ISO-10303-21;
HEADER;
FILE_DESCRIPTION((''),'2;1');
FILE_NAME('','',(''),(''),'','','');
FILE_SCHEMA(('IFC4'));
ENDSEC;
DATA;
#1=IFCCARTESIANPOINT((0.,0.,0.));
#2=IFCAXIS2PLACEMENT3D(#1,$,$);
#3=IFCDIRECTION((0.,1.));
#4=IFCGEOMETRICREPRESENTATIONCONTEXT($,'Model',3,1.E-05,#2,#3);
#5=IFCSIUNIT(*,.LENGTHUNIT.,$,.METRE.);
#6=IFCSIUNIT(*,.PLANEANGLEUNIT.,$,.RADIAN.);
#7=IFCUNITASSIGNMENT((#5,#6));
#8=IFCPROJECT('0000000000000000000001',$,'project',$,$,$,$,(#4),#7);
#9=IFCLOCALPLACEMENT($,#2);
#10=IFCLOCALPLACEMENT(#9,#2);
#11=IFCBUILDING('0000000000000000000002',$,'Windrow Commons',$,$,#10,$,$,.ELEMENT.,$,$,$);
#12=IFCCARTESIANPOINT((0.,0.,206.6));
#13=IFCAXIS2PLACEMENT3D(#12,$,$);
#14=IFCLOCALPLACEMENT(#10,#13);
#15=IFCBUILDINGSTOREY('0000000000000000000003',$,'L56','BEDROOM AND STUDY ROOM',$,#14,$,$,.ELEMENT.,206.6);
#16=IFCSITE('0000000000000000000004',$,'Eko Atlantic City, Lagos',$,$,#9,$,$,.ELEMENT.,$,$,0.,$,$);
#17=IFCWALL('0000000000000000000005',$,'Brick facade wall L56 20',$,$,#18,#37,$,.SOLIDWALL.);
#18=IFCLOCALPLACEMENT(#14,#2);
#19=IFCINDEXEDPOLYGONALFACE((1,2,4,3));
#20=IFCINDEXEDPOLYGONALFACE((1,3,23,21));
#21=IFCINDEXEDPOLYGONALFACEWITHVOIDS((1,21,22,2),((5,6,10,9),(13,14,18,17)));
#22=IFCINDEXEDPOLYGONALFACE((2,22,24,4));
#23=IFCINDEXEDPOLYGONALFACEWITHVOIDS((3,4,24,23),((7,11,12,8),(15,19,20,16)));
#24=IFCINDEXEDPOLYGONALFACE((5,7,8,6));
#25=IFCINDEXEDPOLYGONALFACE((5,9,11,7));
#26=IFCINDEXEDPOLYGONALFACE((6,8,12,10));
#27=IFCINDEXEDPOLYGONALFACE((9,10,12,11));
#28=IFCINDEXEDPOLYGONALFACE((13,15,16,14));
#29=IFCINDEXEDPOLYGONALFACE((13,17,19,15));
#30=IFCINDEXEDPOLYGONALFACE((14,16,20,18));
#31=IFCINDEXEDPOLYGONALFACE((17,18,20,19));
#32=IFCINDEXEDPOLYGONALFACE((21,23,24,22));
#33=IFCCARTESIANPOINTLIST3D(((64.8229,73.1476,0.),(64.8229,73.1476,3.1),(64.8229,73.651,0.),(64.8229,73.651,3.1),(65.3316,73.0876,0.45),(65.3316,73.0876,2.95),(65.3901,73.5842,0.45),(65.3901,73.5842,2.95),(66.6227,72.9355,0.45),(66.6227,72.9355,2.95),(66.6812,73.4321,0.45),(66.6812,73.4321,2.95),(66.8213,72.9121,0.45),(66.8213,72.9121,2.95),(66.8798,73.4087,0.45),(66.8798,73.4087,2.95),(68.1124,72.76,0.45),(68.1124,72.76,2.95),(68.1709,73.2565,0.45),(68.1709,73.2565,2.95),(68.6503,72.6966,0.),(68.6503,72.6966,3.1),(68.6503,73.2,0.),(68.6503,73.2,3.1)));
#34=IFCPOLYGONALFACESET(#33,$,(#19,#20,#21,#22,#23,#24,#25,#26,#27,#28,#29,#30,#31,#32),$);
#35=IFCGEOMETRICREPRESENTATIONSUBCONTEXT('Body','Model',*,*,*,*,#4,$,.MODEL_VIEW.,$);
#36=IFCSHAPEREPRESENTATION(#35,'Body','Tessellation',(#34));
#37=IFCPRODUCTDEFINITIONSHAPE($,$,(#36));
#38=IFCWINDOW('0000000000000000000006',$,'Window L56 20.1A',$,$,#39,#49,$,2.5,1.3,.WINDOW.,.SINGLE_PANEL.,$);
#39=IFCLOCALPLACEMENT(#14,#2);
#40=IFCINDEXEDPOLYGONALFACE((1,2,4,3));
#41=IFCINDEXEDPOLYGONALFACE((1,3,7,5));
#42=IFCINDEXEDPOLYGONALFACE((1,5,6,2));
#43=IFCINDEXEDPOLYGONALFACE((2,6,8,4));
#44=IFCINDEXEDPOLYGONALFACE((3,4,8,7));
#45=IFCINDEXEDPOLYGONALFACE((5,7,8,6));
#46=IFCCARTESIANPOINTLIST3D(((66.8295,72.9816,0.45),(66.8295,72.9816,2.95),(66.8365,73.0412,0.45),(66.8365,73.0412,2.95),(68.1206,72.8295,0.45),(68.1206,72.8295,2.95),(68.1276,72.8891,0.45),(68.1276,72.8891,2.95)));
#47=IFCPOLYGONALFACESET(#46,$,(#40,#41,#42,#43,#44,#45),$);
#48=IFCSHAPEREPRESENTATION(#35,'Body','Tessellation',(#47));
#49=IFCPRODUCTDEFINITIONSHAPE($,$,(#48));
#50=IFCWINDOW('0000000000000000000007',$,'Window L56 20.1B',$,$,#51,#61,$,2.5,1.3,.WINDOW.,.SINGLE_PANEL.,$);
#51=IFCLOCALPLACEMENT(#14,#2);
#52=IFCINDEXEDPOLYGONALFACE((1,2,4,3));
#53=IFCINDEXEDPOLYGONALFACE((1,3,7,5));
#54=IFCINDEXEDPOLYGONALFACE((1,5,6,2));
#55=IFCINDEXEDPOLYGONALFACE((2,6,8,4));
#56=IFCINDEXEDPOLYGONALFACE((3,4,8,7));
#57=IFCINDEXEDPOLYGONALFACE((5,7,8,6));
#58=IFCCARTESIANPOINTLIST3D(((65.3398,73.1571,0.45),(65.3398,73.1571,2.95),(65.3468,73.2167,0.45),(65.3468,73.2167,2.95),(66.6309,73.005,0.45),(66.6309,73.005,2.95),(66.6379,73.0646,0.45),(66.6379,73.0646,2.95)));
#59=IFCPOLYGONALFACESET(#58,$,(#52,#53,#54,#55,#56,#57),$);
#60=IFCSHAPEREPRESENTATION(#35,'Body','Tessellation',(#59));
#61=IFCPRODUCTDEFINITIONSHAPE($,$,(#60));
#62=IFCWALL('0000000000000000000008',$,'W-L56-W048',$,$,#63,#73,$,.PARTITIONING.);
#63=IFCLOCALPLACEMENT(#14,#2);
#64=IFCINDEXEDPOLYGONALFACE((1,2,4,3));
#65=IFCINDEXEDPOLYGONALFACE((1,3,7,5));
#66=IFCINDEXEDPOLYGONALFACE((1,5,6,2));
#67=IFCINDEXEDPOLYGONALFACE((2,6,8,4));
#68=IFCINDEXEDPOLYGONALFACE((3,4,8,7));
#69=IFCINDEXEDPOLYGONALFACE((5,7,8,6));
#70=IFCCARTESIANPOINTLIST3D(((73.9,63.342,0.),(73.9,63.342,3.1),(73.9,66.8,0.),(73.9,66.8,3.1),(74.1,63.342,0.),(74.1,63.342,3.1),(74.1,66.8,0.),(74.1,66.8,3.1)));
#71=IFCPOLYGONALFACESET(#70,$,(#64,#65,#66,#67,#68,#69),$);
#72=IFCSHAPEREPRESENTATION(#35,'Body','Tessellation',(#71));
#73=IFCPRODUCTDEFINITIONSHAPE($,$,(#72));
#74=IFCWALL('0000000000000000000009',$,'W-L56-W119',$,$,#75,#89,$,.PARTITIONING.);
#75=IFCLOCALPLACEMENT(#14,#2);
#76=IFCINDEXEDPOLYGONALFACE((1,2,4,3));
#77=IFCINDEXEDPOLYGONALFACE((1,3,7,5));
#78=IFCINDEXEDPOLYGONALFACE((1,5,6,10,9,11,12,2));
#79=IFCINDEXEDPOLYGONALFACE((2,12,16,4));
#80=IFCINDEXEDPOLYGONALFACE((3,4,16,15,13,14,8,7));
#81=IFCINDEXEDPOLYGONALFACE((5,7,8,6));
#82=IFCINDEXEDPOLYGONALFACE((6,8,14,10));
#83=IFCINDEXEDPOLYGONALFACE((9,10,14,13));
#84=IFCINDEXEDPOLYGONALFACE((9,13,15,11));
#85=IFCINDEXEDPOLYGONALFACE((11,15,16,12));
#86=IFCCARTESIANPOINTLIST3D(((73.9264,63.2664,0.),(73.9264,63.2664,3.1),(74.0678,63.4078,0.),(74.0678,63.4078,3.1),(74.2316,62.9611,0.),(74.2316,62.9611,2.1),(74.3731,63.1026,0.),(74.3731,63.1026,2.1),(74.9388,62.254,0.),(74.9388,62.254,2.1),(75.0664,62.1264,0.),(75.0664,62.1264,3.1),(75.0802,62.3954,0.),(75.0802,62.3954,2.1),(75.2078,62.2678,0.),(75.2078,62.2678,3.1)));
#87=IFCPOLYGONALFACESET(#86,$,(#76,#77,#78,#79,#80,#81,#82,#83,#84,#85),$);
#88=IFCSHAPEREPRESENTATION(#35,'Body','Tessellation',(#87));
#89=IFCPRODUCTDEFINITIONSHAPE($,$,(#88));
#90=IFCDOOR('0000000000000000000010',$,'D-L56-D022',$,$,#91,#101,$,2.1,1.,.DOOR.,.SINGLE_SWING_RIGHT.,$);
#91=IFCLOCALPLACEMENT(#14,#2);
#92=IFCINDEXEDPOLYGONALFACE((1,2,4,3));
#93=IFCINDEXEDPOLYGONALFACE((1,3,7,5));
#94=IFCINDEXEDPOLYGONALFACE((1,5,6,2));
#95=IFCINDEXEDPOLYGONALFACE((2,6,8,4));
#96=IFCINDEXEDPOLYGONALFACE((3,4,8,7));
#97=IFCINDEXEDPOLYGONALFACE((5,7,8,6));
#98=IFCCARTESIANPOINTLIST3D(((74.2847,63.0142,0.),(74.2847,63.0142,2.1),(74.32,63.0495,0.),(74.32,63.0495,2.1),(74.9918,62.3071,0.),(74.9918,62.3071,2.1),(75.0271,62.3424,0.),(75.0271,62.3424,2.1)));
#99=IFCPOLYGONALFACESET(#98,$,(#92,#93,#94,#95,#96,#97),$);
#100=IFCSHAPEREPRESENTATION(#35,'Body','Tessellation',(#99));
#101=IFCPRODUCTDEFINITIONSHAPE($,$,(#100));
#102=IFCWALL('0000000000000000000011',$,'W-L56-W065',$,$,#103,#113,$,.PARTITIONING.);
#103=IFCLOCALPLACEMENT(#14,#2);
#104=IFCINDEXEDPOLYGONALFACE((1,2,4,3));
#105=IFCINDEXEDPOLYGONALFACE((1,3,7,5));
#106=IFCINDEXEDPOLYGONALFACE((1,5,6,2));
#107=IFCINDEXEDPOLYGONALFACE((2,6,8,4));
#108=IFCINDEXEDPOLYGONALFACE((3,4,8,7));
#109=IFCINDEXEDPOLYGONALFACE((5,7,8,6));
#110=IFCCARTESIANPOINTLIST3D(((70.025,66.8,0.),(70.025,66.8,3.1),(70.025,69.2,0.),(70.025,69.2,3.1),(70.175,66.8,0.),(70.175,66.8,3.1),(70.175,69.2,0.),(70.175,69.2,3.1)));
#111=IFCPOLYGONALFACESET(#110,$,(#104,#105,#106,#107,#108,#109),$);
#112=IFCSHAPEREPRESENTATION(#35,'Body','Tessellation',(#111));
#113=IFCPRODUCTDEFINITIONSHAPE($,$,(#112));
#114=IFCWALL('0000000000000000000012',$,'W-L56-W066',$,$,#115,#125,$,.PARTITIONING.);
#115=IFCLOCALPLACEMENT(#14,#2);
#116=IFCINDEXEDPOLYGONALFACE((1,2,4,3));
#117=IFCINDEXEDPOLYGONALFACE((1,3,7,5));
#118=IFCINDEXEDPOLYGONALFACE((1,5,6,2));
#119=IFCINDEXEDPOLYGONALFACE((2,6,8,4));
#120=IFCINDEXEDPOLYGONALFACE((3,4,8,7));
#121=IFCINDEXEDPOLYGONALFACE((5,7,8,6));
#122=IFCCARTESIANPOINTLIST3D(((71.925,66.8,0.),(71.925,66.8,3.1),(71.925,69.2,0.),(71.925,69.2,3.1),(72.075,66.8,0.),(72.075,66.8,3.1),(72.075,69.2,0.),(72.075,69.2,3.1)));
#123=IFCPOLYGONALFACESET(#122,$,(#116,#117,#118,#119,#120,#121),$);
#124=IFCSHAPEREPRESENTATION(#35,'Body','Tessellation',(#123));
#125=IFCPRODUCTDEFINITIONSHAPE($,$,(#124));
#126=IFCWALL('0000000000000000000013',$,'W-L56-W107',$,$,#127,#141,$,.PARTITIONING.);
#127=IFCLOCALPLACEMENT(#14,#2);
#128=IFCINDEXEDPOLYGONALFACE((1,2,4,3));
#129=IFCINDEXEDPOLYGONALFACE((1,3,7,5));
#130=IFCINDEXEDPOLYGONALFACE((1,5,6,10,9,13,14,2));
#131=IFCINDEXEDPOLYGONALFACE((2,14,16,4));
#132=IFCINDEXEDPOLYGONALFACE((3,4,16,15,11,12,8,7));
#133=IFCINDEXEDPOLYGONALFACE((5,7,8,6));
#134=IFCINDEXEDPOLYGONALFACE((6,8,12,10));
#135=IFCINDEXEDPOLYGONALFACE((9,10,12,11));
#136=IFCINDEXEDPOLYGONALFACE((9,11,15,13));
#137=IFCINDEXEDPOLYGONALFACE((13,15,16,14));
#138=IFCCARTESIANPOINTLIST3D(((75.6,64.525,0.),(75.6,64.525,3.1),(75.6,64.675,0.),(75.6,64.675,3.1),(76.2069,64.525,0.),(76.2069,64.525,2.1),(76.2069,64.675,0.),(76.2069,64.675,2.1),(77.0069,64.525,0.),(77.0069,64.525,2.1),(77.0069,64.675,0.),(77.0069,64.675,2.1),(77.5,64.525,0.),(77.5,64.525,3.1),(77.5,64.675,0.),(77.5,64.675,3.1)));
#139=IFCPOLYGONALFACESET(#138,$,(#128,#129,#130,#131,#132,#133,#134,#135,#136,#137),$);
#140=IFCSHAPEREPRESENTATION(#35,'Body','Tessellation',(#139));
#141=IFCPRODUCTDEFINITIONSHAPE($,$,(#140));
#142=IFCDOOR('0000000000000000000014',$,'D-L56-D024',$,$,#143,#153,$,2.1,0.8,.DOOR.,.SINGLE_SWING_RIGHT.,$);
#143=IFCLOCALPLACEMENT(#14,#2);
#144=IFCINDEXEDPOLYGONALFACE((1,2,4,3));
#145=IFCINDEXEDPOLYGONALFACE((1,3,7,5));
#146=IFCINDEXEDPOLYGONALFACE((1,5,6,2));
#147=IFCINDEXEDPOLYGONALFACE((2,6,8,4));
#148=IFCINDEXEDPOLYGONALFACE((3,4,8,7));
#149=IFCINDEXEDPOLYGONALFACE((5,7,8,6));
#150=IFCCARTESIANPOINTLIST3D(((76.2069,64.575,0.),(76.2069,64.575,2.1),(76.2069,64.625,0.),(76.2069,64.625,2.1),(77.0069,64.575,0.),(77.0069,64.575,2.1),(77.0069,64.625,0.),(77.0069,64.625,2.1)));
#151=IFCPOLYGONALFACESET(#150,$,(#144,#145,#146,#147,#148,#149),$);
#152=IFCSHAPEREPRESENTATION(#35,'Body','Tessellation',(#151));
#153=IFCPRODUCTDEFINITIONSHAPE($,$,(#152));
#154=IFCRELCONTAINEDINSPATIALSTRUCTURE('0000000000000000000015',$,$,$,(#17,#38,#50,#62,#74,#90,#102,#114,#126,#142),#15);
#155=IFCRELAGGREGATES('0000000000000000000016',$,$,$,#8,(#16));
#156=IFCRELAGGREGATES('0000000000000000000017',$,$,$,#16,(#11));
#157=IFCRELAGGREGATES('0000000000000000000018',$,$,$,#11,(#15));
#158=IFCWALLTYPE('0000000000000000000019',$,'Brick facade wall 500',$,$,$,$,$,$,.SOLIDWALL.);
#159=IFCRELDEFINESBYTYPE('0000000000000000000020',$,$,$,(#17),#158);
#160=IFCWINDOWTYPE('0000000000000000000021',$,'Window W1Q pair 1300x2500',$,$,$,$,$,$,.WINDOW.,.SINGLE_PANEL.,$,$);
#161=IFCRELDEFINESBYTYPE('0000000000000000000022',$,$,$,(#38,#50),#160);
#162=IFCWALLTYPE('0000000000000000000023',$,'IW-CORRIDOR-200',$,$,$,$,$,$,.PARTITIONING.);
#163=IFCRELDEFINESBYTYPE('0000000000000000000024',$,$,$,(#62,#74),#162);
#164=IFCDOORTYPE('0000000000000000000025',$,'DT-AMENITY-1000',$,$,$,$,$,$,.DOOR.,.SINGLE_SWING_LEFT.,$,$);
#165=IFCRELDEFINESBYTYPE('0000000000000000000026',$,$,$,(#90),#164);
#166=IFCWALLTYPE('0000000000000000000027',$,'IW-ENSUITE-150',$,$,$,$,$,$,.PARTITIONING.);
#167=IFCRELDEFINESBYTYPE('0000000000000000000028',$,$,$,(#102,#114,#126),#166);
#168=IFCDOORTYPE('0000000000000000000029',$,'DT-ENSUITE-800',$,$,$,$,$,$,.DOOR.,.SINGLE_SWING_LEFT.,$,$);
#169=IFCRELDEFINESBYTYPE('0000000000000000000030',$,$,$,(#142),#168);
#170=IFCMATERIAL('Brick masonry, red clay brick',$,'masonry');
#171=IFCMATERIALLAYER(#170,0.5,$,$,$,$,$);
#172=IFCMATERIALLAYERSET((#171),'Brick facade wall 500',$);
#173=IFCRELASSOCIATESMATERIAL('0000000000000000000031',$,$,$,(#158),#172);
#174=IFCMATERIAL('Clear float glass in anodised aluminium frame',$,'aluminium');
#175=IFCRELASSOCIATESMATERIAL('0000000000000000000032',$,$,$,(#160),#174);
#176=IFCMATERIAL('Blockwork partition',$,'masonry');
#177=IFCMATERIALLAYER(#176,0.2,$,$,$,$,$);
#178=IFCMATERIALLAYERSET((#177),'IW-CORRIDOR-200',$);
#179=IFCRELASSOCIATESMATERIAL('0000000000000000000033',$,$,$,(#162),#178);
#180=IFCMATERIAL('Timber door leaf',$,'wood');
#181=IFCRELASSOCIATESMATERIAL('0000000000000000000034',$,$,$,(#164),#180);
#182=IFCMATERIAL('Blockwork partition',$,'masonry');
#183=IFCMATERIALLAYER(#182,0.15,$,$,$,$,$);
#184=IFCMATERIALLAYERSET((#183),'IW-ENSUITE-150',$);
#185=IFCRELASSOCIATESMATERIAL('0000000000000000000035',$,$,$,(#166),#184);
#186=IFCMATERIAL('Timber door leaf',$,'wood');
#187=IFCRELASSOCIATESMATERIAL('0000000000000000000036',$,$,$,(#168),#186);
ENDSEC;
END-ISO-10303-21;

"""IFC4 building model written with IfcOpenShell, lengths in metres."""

from ifc_helpers import new_model, si_unit, direction, frame, frame_2d, origin, place, context, subcontext, project, spatial, polyline, rectangle, outline, extrude, material, layer, layer_set, type_object, element, fill, save


model = new_model("IFC4")

# Units and contexts
model_context = context("Model", 3, precision=1e-05, world=origin(), true_north=direction((0.0, 1.0)))
body_context = subcontext(model_context, "Body", "Model", "MODEL_VIEW")
ifc_project = project(units=[si_unit("LENGTHUNIT", "METRE"), si_unit("PLANEANGLEUNIT", "RADIAN")], contexts=[model_context])

# Site, building, storey
site_placement = place(None, origin())
site = spatial("IfcSite", under=ifc_project, at=site_placement, Name="Eko Atlantic City, Lagos", CompositionType="ELEMENT", RefElevation=0.0)
building_placement = place(site_placement, origin())
building = spatial("IfcBuilding", under=site, at=building_placement, Name="Windrow Commons", CompositionType="ELEMENT")
storey_placement = place(building_placement, frame((0.0, 0.0, 206.6)))
storey = spatial("IfcBuildingStorey", under=building, at=storey_placement, Name="L56", Description="BEDROOM AND STUDY ROOM", CompositionType="ELEMENT", Elevation=206.6)

# Shared definitions
ifc_material_1 = material(Name="Brick masonry, red clay brick", Category="masonry")
ifc_layer_1 = layer(ifc_material_1, 0.5)
ifc_layer_set_1 = layer_set([ifc_layer_1], Name="Brick facade wall 500")
wall_type_1 = type_object("IfcWallType", Name="Brick facade wall 500", PredefinedType="SOLIDWALL", material=ifc_layer_set_1)

# Wall, openings, windows
ifc_material_2 = material(Name="Clear float glass in anodised aluminium frame", Category="aluminium")
window_type_1 = type_object("IfcWindowType", Name="Window W1Q pair 1300x2500", PartitioningType="SINGLE_PANEL", PredefinedType="WINDOW", material=ifc_material_2)
wall_1_placement = place(storey_placement, frame((68.6503, 72.9483, 0.0), z_axis=(0.0, 0.0, 1.0), x_axis=(-0.993129, 0.117025, 0.0)))
wall_1 = element("IfcWall", 1, at=wall_1_placement, inside=storey, type_object=wall_type_1, Name="Brick facade wall L56 20", PredefinedType="SOLIDWALL", context=body_context, shape_type="SweptSolid", body=[
    extrude(outline(polyline([(0.0295, -0.25), (3.8833, -0.25), (3.8244, 0.25), (-0.0295, 0.25), (0.0295, -0.25)])), origin(), (0.0, 0.0, 1.0), 3.1),
])
opening_1_placement = place(wall_1_placement, frame((0.5122, 0.0, 0.45)))
opening_1 = element("IfcOpeningElement", 2, at=opening_1_placement, cuts=wall_1, PredefinedType="OPENING", context=body_context, shape_type="SweptSolid", body=[
    extrude(rectangle(XDim=1.3, YDim=2.5, at=frame_2d((0.65, 1.25))), frame((0.0, 0.26, 0.0), z_axis=(0.0, -1.0, 0.0), x_axis=(1.0, 0.0, 0.0)), (0.0, 0.0, 1.0), 0.52),
])
opening_2_placement = place(wall_1_placement, frame((2.0122, 0.0, 0.45)))
opening_2 = element("IfcOpeningElement", 3, at=opening_2_placement, cuts=wall_1, PredefinedType="OPENING", context=body_context, shape_type="SweptSolid", body=[
    extrude(rectangle(XDim=1.3, YDim=2.5, at=frame_2d((0.65, 1.25))), frame((0.0, 0.26, 0.0), z_axis=(0.0, -1.0, 0.0), x_axis=(1.0, 0.0, 0.0)), (0.0, 0.0, 1.0), 0.52),
])
window_1_placement = place(opening_1_placement, origin())
window_1 = element("IfcWindow", 4, at=window_1_placement, inside=storey, type_object=window_type_1, Name="Window L56 20.1A", OverallHeight=2.5, OverallWidth=1.3, PartitioningType="SINGLE_PANEL", PredefinedType="WINDOW", context=body_context, shape_type="SweptSolid", body=[
    extrude(rectangle(XDim=1.3, YDim=2.5, at=frame_2d((0.65, 1.25))), frame((0.0, 0.18, 0.0), z_axis=(0.0, -1.0, 0.0), x_axis=(1.0, 0.0, 0.0)), (0.0, 0.0, 1.0), 0.06),
])
fill(opening_1, window_1)
window_2_placement = place(opening_2_placement, origin())
window_2 = element("IfcWindow", 5, at=window_2_placement, inside=storey, type_object=window_type_1, Name="Window L56 20.1B", OverallHeight=2.5, OverallWidth=1.3, PartitioningType="SINGLE_PANEL", PredefinedType="WINDOW", context=body_context, shape_type="SweptSolid", body=[
    extrude(rectangle(XDim=1.3, YDim=2.5, at=frame_2d((0.65, 1.25))), frame((0.0, 0.18, 0.0), z_axis=(0.0, -1.0, 0.0), x_axis=(1.0, 0.0, 0.0)), (0.0, 0.0, 1.0), 0.06),
])
fill(opening_2, window_2)

# Wall
ifc_material_3 = material(Name="Blockwork partition", Category="masonry")
ifc_layer_2 = layer(ifc_material_3, 0.2)
ifc_layer_set_2 = layer_set([ifc_layer_2], Name="IW-CORRIDOR-200")
wall_type_2 = type_object("IfcWallType", Name="IW-CORRIDOR-200", PredefinedType="PARTITIONING", material=ifc_layer_set_2)
wall_2_placement = place(storey_placement, frame((74.0, 63.342, 0.0), z_axis=(0.0, 0.0, 1.0), x_axis=(0.0, 1.0, 0.0)))
element("IfcWall", 6, at=wall_2_placement, inside=storey, type_object=wall_type_2, Name="W-L56-W048", PredefinedType="PARTITIONING", context=body_context, shape_type="SweptSolid", body=[
    extrude(rectangle(XDim=3.458, YDim=0.2, at=frame_2d((1.729, 0.0))), origin(), (0.0, 0.0, 1.0), 3.1),
])

# Wall, opening, door
wall_3_placement = place(storey_placement, frame((73.9971, 63.3371, 0.0), z_axis=(0.0, 0.0, 1.0), x_axis=(0.707107, -0.707107, 0.0)))
wall_3 = element("IfcWall", 7, at=wall_3_placement, inside=storey, type_object=wall_type_2, Name="W-L56-W119", PredefinedType="PARTITIONING", context=body_context, shape_type="SweptSolid", body=[
    extrude(rectangle(XDim=1.6122, YDim=0.2, at=frame_2d((0.8061, 0.0))), origin(), (0.0, 0.0, 1.0), 3.1),
])
opening_3_placement = place(wall_3_placement, frame((0.4317, 0.0, 0.0)))
opening_3 = element("IfcOpeningElement", 8, at=opening_3_placement, cuts=wall_3, PredefinedType="OPENING", context=body_context, shape_type="SweptSolid", body=[
    extrude(rectangle(XDim=1.0, YDim=2.1, at=frame_2d((0.5, 1.05))), frame((0.0, 0.11, 0.0), z_axis=(0.0, -1.0, 0.0), x_axis=(1.0, 0.0, 0.0)), (0.0, 0.0, 1.0), 0.22),
])
ifc_material_4 = material(Name="Timber door leaf", Category="wood")
door_type_1 = type_object("IfcDoorType", Name="DT-AMENITY-1000", OperationType="SINGLE_SWING_LEFT", PredefinedType="DOOR", material=ifc_material_4)
door_1_placement = place(opening_3_placement, origin())
door_1 = element("IfcDoor", 9, at=door_1_placement, inside=storey, type_object=door_type_1, Name="D-L56-D022", OperationType="SINGLE_SWING_RIGHT", OverallHeight=2.1, OverallWidth=1.0, PredefinedType="DOOR", context=body_context, shape_type="SweptSolid", body=[
    extrude(rectangle(XDim=1.0, YDim=2.1, at=frame_2d((0.5, 1.05))), frame((0.0, 0.025, 0.0), z_axis=(0.0, -1.0, 0.0), x_axis=(1.0, 0.0, 0.0)), (0.0, 0.0, 1.0), 0.05),
])
fill(opening_3, door_1)

# Walls
ifc_material_5 = material(Name="Blockwork partition", Category="masonry")
ifc_layer_3 = layer(ifc_material_5, 0.15)
ifc_layer_set_3 = layer_set([ifc_layer_3], Name="IW-ENSUITE-150")
wall_type_3 = type_object("IfcWallType", Name="IW-ENSUITE-150", PredefinedType="PARTITIONING", material=ifc_layer_set_3)
for number, where, z_axis, x_axis, name in (
    (10, (70.1, 66.8, 0.0), (0.0, 0.0, 1.0), (0.0, 1.0, 0.0), "W-L56-W065"),
    (11, (72.0, 66.8, 0.0), (0.0, 0.0, 1.0), (0.0, 1.0, 0.0), "W-L56-W066"),
):
    element("IfcWall", number, at=place(storey_placement, frame(where, z_axis=z_axis, x_axis=x_axis)), inside=storey, type_object=wall_type_3, Name=name, PredefinedType="PARTITIONING", context=body_context, shape_type="SweptSolid", body=[
        extrude(rectangle(XDim=2.4, YDim=0.15, at=frame_2d((1.2, 0.0))), origin(), (0.0, 0.0, 1.0), 3.1),
    ])

# Wall, opening, door
wall_4_placement = place(storey_placement, frame((75.6, 64.6, 0.0), z_axis=(0.0, 0.0, 1.0), x_axis=(1.0, 0.0, 0.0)))
wall_4 = element("IfcWall", 12, at=wall_4_placement, inside=storey, type_object=wall_type_3, Name="W-L56-W107", PredefinedType="PARTITIONING", context=body_context, shape_type="SweptSolid", body=[
    extrude(rectangle(XDim=1.9, YDim=0.15, at=frame_2d((0.95, 0.0))), origin(), (0.0, 0.0, 1.0), 3.1),
])
opening_4_placement = place(wall_4_placement, frame((0.6069, 0.0, 0.0)))
opening_4 = element("IfcOpeningElement", 13, at=opening_4_placement, cuts=wall_4, PredefinedType="OPENING", context=body_context, shape_type="SweptSolid", body=[
    extrude(rectangle(XDim=0.8, YDim=2.1, at=frame_2d((0.4, 1.05))), frame((0.0, 0.085, 0.0), z_axis=(0.0, -1.0, 0.0), x_axis=(1.0, 0.0, 0.0)), (0.0, 0.0, 1.0), 0.17),
])
ifc_material_6 = material(Name="Timber door leaf", Category="wood")
door_type_2 = type_object("IfcDoorType", Name="DT-ENSUITE-800", OperationType="SINGLE_SWING_LEFT", PredefinedType="DOOR", material=ifc_material_6)
door_2_placement = place(opening_4_placement, origin())
door_2 = element("IfcDoor", 14, at=door_2_placement, inside=storey, type_object=door_type_2, Name="D-L56-D024", OperationType="SINGLE_SWING_RIGHT", OverallHeight=2.1, OverallWidth=0.8, PredefinedType="DOOR", context=body_context, shape_type="SweptSolid", body=[
    extrude(rectangle(XDim=0.8, YDim=2.1, at=frame_2d((0.4, 1.05))), frame((0.0, 0.025, 0.0), z_axis=(0.0, -1.0, 0.0), x_axis=(1.0, 0.0, 0.0)), (0.0, 0.0, 1.0), 0.05),
])
fill(opening_4, door_2)

save(model, "model.ifc")
